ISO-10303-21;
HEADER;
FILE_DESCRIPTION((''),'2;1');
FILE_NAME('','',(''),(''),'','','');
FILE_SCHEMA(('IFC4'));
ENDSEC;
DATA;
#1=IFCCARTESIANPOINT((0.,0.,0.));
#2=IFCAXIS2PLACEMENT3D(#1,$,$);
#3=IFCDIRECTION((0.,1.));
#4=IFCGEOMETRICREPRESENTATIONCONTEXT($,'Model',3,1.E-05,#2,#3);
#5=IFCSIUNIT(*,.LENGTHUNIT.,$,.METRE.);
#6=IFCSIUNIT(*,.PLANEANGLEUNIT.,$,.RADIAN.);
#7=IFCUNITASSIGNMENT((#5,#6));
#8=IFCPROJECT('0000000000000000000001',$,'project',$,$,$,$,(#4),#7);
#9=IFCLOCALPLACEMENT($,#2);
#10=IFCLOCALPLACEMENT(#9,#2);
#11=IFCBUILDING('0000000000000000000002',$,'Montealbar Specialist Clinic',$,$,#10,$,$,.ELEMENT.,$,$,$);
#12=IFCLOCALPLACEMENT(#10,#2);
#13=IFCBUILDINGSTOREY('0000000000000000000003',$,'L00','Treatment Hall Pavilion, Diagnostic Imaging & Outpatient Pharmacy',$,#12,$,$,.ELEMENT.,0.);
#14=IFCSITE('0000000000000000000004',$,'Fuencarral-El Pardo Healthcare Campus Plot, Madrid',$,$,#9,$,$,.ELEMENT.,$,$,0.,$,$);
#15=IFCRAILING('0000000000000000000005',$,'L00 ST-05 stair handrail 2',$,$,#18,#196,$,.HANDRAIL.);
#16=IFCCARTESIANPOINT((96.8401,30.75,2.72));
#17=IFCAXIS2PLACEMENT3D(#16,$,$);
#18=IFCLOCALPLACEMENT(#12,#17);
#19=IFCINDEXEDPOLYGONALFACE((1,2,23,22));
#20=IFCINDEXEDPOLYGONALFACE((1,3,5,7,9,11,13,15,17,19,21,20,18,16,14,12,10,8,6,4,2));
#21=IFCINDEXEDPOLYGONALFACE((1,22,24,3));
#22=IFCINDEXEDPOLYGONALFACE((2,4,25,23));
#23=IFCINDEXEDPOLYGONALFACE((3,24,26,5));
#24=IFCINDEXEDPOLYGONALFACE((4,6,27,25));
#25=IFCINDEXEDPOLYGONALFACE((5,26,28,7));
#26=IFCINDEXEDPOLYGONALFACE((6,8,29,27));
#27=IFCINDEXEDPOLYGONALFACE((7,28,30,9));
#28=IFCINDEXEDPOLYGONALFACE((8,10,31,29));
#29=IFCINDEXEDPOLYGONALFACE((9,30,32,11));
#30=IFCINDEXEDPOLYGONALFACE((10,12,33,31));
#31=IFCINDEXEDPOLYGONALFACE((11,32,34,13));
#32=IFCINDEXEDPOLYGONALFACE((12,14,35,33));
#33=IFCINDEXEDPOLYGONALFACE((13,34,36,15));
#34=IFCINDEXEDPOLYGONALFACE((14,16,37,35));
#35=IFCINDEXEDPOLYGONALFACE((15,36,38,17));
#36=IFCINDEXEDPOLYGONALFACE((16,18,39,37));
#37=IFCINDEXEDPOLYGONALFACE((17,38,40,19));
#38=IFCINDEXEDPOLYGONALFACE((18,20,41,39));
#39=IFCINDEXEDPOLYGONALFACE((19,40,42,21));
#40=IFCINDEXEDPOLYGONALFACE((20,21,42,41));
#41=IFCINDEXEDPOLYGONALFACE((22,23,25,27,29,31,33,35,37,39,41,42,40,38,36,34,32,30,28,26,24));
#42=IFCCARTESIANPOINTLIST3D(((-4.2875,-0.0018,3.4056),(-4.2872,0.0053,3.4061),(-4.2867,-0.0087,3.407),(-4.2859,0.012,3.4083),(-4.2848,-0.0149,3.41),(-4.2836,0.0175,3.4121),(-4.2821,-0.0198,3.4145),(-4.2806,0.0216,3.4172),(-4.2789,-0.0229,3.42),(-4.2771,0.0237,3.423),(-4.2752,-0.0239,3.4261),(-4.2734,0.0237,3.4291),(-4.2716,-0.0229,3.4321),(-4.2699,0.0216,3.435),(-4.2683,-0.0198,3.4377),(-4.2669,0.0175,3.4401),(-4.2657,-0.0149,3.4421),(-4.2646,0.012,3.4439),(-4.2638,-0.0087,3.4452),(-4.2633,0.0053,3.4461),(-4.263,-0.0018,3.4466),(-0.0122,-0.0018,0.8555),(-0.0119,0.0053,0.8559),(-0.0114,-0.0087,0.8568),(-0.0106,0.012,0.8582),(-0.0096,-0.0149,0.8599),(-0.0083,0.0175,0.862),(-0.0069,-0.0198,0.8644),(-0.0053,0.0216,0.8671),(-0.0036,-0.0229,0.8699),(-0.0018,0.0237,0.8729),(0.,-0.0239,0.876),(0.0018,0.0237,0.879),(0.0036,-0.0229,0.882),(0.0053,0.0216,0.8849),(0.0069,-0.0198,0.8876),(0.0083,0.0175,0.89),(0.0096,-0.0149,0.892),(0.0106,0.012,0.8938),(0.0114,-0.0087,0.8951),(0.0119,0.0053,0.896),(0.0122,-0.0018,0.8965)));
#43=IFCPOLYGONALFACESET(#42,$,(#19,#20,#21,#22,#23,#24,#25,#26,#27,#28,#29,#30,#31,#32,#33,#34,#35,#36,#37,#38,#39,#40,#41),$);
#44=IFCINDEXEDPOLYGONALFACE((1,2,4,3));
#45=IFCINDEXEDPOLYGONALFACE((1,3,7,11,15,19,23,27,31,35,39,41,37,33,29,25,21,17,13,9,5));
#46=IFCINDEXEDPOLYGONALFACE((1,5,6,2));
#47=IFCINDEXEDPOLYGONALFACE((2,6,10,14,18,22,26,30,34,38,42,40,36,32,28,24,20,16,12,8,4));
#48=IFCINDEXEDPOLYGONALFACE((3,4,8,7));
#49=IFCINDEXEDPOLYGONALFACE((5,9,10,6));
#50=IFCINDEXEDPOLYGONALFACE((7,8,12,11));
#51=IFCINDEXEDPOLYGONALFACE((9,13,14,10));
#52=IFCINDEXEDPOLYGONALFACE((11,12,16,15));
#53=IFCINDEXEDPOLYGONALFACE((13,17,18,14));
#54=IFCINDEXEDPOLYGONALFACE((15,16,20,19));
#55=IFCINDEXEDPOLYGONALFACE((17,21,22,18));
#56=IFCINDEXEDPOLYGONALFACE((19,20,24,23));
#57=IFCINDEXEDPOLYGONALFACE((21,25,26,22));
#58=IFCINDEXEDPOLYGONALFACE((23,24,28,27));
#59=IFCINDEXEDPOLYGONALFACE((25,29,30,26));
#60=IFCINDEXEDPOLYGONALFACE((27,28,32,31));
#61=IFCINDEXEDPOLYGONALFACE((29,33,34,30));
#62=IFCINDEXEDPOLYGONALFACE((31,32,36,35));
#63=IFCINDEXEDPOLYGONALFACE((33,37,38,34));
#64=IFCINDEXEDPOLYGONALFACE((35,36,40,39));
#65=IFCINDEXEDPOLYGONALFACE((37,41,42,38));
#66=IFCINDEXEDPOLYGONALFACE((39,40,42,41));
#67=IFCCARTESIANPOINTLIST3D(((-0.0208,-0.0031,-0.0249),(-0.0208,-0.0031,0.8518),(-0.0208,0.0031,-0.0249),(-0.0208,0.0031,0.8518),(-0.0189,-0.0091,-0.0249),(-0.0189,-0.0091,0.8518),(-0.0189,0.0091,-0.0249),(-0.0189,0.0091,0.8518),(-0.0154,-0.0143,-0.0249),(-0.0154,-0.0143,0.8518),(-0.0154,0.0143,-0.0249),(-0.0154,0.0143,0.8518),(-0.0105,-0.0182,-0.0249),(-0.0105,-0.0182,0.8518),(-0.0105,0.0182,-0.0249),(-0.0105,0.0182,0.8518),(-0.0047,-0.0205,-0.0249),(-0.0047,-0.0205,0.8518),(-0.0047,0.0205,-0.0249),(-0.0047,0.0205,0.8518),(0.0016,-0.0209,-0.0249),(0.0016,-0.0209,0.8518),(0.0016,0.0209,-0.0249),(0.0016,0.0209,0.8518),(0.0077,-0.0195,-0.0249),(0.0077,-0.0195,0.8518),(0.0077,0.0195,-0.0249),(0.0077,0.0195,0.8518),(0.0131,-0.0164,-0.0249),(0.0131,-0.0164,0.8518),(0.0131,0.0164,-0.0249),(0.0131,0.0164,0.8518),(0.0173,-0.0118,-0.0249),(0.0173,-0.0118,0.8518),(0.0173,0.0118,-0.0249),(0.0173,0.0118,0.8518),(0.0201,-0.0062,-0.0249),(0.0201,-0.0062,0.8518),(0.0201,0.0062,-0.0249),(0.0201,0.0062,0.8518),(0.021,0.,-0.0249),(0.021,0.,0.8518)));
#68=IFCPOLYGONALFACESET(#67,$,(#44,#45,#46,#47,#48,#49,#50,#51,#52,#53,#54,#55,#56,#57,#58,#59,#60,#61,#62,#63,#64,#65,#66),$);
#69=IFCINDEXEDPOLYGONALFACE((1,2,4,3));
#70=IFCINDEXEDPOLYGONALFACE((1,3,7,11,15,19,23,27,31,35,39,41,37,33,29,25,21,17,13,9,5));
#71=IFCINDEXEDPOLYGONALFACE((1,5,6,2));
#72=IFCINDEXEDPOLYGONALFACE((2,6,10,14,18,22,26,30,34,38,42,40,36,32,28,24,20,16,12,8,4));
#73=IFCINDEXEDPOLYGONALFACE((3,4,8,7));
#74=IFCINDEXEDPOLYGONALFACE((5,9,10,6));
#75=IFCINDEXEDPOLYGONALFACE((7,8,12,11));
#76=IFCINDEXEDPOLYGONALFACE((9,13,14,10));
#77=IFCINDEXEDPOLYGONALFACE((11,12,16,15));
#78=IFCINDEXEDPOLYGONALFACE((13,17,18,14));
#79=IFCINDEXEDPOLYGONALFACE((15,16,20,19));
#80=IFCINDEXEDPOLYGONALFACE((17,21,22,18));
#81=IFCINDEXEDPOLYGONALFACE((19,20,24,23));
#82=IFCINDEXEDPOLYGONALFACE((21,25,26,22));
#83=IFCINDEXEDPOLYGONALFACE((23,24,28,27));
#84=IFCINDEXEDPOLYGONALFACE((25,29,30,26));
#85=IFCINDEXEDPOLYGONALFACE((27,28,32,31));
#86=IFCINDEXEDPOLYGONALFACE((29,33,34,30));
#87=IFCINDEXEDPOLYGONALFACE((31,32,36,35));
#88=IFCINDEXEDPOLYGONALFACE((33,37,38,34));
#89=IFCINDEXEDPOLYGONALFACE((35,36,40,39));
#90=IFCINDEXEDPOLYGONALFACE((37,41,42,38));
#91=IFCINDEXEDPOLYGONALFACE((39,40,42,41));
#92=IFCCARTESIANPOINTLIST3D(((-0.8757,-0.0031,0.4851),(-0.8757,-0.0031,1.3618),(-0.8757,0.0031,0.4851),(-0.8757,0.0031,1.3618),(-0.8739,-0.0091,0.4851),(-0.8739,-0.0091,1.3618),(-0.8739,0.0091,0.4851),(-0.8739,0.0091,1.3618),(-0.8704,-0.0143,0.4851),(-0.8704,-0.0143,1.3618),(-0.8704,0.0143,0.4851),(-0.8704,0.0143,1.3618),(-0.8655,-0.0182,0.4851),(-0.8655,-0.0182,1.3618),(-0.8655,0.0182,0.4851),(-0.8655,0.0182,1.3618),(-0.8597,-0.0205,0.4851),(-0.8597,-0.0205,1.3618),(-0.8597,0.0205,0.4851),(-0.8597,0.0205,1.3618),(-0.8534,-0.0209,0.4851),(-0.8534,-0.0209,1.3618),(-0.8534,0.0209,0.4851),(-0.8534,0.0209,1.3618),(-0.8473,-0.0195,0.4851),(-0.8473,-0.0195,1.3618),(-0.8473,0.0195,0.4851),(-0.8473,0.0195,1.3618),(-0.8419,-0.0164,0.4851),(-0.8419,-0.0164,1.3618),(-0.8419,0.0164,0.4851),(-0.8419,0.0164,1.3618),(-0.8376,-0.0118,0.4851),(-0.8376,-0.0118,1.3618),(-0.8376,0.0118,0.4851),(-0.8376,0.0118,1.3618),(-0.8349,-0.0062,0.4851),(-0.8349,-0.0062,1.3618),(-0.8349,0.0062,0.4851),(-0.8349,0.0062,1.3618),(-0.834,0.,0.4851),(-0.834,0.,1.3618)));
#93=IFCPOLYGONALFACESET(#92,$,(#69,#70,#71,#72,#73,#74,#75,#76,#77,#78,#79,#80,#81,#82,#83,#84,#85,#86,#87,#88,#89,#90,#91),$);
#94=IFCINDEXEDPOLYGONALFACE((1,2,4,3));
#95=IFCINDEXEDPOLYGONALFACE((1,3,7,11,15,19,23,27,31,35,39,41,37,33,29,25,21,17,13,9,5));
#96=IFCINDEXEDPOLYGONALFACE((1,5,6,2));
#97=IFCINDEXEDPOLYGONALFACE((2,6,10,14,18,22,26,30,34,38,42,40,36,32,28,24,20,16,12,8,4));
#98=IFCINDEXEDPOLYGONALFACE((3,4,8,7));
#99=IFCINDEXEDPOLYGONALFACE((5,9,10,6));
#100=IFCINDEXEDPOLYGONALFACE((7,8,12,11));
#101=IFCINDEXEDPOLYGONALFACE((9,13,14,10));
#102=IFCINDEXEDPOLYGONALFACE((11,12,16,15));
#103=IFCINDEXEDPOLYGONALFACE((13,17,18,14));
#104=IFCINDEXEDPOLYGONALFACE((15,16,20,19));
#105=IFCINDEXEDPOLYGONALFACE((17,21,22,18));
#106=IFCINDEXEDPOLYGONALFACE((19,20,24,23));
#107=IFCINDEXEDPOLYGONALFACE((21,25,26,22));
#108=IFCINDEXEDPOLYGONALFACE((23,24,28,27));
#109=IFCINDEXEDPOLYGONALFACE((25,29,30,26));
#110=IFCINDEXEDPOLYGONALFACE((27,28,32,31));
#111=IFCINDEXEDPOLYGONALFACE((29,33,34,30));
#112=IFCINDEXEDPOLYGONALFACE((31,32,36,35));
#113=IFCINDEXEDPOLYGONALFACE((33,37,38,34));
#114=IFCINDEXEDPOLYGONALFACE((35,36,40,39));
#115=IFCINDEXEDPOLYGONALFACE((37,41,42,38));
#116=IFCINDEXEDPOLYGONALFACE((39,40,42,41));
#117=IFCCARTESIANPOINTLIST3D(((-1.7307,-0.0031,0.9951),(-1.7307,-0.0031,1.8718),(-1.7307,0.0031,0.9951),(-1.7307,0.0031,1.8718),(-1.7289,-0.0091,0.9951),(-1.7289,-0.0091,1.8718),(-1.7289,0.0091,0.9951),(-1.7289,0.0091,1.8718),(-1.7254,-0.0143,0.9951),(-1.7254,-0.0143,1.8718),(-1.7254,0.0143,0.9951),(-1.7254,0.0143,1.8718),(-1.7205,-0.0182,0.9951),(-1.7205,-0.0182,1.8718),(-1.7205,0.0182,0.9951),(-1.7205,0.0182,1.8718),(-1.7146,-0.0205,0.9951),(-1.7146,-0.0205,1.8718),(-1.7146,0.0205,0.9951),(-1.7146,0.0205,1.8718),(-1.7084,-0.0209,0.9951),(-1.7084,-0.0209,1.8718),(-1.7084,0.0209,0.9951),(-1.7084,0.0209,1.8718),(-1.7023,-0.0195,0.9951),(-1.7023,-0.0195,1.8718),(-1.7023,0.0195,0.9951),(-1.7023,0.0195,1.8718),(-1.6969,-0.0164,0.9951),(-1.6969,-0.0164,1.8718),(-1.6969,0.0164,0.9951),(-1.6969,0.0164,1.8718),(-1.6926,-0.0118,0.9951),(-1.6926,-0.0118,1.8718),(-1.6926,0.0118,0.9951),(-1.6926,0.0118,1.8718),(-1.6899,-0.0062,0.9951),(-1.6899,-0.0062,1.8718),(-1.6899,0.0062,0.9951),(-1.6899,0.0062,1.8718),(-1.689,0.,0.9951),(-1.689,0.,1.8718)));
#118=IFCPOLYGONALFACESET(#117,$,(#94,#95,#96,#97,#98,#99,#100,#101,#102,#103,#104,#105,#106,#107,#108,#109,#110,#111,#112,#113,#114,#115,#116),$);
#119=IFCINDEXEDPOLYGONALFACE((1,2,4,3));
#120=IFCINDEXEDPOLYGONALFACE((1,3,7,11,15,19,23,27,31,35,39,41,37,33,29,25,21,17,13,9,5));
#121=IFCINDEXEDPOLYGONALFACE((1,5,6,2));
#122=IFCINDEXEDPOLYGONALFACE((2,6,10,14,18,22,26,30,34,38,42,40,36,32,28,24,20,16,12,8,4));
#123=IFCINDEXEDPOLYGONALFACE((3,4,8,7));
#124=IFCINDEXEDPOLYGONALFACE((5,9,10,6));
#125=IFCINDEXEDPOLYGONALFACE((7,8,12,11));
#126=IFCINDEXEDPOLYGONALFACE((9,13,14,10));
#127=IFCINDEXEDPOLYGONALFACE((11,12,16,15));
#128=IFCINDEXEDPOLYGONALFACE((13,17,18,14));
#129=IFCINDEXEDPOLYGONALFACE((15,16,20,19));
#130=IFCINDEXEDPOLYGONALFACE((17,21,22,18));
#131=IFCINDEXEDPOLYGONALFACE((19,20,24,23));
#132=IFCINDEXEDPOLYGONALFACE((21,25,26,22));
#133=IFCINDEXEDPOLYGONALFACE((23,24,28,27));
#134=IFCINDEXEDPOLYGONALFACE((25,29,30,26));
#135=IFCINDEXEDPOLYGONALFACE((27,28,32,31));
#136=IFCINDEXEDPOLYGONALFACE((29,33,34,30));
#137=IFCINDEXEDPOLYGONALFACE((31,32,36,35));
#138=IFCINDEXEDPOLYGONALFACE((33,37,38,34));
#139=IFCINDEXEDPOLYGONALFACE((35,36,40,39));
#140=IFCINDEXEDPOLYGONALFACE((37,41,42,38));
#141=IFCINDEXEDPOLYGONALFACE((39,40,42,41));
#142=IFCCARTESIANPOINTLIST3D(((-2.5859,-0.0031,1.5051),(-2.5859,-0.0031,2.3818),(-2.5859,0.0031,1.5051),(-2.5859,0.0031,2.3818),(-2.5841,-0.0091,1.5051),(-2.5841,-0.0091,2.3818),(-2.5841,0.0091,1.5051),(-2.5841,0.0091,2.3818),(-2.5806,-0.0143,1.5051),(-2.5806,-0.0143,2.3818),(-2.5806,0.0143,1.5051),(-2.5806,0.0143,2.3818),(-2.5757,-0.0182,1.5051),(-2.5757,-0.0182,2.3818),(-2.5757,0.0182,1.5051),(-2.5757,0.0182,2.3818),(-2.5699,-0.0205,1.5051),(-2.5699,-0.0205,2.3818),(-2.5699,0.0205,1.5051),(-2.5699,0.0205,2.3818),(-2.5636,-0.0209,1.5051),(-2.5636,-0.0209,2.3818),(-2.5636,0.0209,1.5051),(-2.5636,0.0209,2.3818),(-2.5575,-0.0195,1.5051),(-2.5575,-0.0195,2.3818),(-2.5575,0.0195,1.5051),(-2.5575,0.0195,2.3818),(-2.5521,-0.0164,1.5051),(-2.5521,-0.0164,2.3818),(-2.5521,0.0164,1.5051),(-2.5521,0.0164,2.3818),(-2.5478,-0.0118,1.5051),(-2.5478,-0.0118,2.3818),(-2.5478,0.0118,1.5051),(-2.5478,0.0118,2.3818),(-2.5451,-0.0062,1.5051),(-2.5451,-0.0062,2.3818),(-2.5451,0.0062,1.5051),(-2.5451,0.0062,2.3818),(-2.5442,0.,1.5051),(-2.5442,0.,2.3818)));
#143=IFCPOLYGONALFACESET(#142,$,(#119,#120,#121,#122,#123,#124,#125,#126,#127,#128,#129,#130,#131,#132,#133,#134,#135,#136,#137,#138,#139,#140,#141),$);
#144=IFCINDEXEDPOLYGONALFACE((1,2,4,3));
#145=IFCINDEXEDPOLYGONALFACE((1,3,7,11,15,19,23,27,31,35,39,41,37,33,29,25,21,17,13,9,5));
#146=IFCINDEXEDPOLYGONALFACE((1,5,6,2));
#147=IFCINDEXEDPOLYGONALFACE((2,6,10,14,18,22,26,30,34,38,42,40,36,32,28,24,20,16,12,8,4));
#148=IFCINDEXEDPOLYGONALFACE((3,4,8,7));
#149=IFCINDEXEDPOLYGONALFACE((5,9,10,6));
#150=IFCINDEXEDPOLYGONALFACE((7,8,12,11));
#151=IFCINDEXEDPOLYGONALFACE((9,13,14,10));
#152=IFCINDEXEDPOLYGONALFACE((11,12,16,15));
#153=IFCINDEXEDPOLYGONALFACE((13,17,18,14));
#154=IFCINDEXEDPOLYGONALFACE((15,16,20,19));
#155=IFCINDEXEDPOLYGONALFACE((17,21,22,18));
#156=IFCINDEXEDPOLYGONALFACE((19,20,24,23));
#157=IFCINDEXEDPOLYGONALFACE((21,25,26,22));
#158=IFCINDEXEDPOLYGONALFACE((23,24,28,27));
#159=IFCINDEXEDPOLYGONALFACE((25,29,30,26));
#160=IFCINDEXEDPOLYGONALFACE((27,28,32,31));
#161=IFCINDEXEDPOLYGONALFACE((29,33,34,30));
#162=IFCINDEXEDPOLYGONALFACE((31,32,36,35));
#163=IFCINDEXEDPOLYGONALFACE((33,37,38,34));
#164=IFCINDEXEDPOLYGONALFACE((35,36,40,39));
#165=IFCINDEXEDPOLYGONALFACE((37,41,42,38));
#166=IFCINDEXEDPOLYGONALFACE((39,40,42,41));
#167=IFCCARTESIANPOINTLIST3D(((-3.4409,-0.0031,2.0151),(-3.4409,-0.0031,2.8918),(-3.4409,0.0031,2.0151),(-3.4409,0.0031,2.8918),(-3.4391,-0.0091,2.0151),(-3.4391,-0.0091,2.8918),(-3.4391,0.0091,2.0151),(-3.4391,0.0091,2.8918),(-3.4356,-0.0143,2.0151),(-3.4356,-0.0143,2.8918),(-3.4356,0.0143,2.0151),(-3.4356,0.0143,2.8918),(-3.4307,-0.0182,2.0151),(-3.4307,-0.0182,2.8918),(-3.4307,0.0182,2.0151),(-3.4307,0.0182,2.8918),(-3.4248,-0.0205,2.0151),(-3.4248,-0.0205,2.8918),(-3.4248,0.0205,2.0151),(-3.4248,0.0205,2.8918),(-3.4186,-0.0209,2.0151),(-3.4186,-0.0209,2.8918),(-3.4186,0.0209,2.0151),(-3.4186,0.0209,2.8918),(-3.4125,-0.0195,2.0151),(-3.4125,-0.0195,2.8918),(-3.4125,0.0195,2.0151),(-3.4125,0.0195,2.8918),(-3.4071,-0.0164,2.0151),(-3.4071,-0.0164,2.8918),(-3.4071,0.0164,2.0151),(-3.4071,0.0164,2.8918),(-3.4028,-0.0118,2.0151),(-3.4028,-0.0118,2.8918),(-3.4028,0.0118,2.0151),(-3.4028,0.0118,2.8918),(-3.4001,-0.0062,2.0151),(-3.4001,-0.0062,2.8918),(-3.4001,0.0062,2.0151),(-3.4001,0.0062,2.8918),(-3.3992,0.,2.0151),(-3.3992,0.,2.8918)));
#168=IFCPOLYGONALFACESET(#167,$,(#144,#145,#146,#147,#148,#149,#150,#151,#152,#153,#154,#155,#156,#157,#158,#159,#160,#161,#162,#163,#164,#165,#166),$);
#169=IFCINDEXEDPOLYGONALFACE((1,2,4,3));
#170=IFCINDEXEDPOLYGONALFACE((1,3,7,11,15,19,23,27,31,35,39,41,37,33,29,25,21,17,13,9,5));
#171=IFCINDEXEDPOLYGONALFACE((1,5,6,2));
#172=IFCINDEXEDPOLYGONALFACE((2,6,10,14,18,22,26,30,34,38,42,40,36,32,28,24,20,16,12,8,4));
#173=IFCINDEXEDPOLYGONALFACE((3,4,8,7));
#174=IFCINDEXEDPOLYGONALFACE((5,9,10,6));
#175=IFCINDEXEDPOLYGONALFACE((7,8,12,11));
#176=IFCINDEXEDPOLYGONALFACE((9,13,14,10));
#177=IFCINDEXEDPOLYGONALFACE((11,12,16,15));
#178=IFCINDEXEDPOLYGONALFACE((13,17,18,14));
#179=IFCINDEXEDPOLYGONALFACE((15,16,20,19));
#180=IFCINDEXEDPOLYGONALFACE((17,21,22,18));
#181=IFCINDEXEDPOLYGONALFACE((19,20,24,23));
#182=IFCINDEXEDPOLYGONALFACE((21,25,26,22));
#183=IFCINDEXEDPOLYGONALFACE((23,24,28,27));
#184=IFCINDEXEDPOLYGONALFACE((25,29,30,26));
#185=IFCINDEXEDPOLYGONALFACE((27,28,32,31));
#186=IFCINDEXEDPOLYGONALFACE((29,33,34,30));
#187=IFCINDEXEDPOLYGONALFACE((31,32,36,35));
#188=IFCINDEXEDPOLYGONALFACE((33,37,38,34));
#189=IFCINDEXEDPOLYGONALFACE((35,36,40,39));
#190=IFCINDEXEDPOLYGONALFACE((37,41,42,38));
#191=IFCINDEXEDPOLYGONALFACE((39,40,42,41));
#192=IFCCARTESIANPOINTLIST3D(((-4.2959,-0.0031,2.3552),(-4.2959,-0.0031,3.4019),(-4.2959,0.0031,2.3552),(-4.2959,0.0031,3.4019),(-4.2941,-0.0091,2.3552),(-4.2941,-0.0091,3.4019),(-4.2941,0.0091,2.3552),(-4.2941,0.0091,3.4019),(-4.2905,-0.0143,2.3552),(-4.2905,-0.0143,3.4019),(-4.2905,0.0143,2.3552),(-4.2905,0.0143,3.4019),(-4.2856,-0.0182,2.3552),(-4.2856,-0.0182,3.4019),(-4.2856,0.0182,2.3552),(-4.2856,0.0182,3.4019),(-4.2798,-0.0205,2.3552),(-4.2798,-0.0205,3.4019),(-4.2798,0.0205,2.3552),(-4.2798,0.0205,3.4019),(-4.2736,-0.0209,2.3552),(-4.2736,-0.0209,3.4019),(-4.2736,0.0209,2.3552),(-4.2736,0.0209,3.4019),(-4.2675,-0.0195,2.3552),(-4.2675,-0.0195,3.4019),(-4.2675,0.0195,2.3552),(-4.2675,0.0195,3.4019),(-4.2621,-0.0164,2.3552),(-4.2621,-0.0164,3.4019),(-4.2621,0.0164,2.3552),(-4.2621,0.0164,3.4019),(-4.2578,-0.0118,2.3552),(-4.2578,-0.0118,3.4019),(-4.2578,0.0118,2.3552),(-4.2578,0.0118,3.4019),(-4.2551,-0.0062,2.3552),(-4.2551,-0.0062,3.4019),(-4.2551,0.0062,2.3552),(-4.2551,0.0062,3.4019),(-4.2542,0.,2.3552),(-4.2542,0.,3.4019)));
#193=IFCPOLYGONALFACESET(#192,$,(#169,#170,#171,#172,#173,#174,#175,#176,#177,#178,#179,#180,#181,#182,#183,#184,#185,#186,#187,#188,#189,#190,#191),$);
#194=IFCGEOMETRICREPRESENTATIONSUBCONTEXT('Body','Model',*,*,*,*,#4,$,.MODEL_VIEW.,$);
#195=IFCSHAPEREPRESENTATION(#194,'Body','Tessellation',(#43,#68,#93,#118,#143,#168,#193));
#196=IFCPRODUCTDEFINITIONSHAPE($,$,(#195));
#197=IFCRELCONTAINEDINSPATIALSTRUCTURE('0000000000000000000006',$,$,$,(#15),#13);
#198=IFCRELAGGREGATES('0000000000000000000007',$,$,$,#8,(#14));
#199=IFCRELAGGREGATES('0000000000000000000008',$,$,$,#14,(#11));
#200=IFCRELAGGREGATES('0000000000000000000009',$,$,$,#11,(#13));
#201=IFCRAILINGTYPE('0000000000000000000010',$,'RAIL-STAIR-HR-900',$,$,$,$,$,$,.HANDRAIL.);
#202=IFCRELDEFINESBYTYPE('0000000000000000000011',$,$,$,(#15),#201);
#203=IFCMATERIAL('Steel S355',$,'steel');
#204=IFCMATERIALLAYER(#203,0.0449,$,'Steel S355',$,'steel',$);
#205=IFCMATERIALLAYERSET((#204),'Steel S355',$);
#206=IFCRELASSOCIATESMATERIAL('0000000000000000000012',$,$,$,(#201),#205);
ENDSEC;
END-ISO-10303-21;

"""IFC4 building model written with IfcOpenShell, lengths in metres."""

from ifc_helpers import new_model, si_unit, direction, frame, origin, origin_2d, place, context, subcontext, project, spatial, circle, extrude, material, layer, layer_set, type_object, element, save


model = new_model("IFC4")

# Units and contexts
model_context = context("Model", 3, precision=1e-05, world=origin(), true_north=direction((0.0, 1.0)))
body_context = subcontext(model_context, "Body", "Model", "MODEL_VIEW")
ifc_project = project(units=[si_unit("LENGTHUNIT", "METRE"), si_unit("PLANEANGLEUNIT", "RADIAN")], contexts=[model_context])

# Site, building, storey
site_placement = place(None, origin())
site = spatial("IfcSite", under=ifc_project, at=site_placement, Name="Fuencarral-El Pardo Healthcare Campus Plot, Madrid", CompositionType="ELEMENT", RefElevation=0.0)
building_placement = place(site_placement, origin())
building = spatial("IfcBuilding", under=site, at=building_placement, Name="Montealbar Specialist Clinic", CompositionType="ELEMENT")
storey_placement = place(building_placement, origin())
storey = spatial("IfcBuildingStorey", under=building, at=storey_placement, Name="L00", Description="Treatment Hall Pavilion, Diagnostic Imaging & Outpatient Pharmacy", CompositionType="ELEMENT", Elevation=0.0)

# Shared definitions
ifc_material_1 = material(Name="Steel S355", Category="steel")

# Railing
ifc_layer_1 = layer(ifc_material_1, 0.0449, Name="Steel S355", Category="steel")
ifc_layer_set_1 = layer_set([ifc_layer_1], Name="Steel S355")
railing_type_1 = type_object("IfcRailingType", Name="RAIL-STAIR-HR-900", PredefinedType="HANDRAIL", material=ifc_layer_set_1)
railing_1_placement = place(storey_placement, frame((96.8401, 30.75, 2.72)))
element("IfcRailing", 1, at=railing_1_placement, inside=storey, type_object=railing_type_1, Name="L00 ST-05 stair handrail 2", PredefinedType="HANDRAIL", context=body_context, shape_type="SweptSolid", body=[
    extrude(circle(Radius=0.0239, at=origin_2d()), frame((0.0, 0.0, 0.876), z_axis=(-0.858823, 0.0, 0.512273), x_axis=(0.0, -1.0, 0.0)), (0.0, 0.0, 1.0), 4.978),
    extrude(circle(Radius=0.021, at=origin_2d()), frame((0.0, 0.0, -0.0249)), (0.0, 0.0, 1.0), 0.8767),
    extrude(circle(Radius=0.021, at=origin_2d()), frame((-0.855, 0.0, 0.4851)), (0.0, 0.0, 1.0), 0.8767),
    extrude(circle(Radius=0.021, at=origin_2d()), frame((-1.71, 0.0, 0.9951)), (0.0, 0.0, 1.0), 0.8767),
    extrude(circle(Radius=0.021, at=origin_2d()), frame((-2.5652, 0.0, 1.5051)), (0.0, 0.0, 1.0), 0.8767),
    extrude(circle(Radius=0.021, at=origin_2d()), frame((-3.4202, 0.0, 2.0151)), (0.0, 0.0, 1.0), 0.8767),
    extrude(circle(Radius=0.021, at=origin_2d()), frame((-4.2751, 0.0, 2.3552)), (0.0, 0.0, 1.0), 1.0466),
])

save(model, "model.ifc")
